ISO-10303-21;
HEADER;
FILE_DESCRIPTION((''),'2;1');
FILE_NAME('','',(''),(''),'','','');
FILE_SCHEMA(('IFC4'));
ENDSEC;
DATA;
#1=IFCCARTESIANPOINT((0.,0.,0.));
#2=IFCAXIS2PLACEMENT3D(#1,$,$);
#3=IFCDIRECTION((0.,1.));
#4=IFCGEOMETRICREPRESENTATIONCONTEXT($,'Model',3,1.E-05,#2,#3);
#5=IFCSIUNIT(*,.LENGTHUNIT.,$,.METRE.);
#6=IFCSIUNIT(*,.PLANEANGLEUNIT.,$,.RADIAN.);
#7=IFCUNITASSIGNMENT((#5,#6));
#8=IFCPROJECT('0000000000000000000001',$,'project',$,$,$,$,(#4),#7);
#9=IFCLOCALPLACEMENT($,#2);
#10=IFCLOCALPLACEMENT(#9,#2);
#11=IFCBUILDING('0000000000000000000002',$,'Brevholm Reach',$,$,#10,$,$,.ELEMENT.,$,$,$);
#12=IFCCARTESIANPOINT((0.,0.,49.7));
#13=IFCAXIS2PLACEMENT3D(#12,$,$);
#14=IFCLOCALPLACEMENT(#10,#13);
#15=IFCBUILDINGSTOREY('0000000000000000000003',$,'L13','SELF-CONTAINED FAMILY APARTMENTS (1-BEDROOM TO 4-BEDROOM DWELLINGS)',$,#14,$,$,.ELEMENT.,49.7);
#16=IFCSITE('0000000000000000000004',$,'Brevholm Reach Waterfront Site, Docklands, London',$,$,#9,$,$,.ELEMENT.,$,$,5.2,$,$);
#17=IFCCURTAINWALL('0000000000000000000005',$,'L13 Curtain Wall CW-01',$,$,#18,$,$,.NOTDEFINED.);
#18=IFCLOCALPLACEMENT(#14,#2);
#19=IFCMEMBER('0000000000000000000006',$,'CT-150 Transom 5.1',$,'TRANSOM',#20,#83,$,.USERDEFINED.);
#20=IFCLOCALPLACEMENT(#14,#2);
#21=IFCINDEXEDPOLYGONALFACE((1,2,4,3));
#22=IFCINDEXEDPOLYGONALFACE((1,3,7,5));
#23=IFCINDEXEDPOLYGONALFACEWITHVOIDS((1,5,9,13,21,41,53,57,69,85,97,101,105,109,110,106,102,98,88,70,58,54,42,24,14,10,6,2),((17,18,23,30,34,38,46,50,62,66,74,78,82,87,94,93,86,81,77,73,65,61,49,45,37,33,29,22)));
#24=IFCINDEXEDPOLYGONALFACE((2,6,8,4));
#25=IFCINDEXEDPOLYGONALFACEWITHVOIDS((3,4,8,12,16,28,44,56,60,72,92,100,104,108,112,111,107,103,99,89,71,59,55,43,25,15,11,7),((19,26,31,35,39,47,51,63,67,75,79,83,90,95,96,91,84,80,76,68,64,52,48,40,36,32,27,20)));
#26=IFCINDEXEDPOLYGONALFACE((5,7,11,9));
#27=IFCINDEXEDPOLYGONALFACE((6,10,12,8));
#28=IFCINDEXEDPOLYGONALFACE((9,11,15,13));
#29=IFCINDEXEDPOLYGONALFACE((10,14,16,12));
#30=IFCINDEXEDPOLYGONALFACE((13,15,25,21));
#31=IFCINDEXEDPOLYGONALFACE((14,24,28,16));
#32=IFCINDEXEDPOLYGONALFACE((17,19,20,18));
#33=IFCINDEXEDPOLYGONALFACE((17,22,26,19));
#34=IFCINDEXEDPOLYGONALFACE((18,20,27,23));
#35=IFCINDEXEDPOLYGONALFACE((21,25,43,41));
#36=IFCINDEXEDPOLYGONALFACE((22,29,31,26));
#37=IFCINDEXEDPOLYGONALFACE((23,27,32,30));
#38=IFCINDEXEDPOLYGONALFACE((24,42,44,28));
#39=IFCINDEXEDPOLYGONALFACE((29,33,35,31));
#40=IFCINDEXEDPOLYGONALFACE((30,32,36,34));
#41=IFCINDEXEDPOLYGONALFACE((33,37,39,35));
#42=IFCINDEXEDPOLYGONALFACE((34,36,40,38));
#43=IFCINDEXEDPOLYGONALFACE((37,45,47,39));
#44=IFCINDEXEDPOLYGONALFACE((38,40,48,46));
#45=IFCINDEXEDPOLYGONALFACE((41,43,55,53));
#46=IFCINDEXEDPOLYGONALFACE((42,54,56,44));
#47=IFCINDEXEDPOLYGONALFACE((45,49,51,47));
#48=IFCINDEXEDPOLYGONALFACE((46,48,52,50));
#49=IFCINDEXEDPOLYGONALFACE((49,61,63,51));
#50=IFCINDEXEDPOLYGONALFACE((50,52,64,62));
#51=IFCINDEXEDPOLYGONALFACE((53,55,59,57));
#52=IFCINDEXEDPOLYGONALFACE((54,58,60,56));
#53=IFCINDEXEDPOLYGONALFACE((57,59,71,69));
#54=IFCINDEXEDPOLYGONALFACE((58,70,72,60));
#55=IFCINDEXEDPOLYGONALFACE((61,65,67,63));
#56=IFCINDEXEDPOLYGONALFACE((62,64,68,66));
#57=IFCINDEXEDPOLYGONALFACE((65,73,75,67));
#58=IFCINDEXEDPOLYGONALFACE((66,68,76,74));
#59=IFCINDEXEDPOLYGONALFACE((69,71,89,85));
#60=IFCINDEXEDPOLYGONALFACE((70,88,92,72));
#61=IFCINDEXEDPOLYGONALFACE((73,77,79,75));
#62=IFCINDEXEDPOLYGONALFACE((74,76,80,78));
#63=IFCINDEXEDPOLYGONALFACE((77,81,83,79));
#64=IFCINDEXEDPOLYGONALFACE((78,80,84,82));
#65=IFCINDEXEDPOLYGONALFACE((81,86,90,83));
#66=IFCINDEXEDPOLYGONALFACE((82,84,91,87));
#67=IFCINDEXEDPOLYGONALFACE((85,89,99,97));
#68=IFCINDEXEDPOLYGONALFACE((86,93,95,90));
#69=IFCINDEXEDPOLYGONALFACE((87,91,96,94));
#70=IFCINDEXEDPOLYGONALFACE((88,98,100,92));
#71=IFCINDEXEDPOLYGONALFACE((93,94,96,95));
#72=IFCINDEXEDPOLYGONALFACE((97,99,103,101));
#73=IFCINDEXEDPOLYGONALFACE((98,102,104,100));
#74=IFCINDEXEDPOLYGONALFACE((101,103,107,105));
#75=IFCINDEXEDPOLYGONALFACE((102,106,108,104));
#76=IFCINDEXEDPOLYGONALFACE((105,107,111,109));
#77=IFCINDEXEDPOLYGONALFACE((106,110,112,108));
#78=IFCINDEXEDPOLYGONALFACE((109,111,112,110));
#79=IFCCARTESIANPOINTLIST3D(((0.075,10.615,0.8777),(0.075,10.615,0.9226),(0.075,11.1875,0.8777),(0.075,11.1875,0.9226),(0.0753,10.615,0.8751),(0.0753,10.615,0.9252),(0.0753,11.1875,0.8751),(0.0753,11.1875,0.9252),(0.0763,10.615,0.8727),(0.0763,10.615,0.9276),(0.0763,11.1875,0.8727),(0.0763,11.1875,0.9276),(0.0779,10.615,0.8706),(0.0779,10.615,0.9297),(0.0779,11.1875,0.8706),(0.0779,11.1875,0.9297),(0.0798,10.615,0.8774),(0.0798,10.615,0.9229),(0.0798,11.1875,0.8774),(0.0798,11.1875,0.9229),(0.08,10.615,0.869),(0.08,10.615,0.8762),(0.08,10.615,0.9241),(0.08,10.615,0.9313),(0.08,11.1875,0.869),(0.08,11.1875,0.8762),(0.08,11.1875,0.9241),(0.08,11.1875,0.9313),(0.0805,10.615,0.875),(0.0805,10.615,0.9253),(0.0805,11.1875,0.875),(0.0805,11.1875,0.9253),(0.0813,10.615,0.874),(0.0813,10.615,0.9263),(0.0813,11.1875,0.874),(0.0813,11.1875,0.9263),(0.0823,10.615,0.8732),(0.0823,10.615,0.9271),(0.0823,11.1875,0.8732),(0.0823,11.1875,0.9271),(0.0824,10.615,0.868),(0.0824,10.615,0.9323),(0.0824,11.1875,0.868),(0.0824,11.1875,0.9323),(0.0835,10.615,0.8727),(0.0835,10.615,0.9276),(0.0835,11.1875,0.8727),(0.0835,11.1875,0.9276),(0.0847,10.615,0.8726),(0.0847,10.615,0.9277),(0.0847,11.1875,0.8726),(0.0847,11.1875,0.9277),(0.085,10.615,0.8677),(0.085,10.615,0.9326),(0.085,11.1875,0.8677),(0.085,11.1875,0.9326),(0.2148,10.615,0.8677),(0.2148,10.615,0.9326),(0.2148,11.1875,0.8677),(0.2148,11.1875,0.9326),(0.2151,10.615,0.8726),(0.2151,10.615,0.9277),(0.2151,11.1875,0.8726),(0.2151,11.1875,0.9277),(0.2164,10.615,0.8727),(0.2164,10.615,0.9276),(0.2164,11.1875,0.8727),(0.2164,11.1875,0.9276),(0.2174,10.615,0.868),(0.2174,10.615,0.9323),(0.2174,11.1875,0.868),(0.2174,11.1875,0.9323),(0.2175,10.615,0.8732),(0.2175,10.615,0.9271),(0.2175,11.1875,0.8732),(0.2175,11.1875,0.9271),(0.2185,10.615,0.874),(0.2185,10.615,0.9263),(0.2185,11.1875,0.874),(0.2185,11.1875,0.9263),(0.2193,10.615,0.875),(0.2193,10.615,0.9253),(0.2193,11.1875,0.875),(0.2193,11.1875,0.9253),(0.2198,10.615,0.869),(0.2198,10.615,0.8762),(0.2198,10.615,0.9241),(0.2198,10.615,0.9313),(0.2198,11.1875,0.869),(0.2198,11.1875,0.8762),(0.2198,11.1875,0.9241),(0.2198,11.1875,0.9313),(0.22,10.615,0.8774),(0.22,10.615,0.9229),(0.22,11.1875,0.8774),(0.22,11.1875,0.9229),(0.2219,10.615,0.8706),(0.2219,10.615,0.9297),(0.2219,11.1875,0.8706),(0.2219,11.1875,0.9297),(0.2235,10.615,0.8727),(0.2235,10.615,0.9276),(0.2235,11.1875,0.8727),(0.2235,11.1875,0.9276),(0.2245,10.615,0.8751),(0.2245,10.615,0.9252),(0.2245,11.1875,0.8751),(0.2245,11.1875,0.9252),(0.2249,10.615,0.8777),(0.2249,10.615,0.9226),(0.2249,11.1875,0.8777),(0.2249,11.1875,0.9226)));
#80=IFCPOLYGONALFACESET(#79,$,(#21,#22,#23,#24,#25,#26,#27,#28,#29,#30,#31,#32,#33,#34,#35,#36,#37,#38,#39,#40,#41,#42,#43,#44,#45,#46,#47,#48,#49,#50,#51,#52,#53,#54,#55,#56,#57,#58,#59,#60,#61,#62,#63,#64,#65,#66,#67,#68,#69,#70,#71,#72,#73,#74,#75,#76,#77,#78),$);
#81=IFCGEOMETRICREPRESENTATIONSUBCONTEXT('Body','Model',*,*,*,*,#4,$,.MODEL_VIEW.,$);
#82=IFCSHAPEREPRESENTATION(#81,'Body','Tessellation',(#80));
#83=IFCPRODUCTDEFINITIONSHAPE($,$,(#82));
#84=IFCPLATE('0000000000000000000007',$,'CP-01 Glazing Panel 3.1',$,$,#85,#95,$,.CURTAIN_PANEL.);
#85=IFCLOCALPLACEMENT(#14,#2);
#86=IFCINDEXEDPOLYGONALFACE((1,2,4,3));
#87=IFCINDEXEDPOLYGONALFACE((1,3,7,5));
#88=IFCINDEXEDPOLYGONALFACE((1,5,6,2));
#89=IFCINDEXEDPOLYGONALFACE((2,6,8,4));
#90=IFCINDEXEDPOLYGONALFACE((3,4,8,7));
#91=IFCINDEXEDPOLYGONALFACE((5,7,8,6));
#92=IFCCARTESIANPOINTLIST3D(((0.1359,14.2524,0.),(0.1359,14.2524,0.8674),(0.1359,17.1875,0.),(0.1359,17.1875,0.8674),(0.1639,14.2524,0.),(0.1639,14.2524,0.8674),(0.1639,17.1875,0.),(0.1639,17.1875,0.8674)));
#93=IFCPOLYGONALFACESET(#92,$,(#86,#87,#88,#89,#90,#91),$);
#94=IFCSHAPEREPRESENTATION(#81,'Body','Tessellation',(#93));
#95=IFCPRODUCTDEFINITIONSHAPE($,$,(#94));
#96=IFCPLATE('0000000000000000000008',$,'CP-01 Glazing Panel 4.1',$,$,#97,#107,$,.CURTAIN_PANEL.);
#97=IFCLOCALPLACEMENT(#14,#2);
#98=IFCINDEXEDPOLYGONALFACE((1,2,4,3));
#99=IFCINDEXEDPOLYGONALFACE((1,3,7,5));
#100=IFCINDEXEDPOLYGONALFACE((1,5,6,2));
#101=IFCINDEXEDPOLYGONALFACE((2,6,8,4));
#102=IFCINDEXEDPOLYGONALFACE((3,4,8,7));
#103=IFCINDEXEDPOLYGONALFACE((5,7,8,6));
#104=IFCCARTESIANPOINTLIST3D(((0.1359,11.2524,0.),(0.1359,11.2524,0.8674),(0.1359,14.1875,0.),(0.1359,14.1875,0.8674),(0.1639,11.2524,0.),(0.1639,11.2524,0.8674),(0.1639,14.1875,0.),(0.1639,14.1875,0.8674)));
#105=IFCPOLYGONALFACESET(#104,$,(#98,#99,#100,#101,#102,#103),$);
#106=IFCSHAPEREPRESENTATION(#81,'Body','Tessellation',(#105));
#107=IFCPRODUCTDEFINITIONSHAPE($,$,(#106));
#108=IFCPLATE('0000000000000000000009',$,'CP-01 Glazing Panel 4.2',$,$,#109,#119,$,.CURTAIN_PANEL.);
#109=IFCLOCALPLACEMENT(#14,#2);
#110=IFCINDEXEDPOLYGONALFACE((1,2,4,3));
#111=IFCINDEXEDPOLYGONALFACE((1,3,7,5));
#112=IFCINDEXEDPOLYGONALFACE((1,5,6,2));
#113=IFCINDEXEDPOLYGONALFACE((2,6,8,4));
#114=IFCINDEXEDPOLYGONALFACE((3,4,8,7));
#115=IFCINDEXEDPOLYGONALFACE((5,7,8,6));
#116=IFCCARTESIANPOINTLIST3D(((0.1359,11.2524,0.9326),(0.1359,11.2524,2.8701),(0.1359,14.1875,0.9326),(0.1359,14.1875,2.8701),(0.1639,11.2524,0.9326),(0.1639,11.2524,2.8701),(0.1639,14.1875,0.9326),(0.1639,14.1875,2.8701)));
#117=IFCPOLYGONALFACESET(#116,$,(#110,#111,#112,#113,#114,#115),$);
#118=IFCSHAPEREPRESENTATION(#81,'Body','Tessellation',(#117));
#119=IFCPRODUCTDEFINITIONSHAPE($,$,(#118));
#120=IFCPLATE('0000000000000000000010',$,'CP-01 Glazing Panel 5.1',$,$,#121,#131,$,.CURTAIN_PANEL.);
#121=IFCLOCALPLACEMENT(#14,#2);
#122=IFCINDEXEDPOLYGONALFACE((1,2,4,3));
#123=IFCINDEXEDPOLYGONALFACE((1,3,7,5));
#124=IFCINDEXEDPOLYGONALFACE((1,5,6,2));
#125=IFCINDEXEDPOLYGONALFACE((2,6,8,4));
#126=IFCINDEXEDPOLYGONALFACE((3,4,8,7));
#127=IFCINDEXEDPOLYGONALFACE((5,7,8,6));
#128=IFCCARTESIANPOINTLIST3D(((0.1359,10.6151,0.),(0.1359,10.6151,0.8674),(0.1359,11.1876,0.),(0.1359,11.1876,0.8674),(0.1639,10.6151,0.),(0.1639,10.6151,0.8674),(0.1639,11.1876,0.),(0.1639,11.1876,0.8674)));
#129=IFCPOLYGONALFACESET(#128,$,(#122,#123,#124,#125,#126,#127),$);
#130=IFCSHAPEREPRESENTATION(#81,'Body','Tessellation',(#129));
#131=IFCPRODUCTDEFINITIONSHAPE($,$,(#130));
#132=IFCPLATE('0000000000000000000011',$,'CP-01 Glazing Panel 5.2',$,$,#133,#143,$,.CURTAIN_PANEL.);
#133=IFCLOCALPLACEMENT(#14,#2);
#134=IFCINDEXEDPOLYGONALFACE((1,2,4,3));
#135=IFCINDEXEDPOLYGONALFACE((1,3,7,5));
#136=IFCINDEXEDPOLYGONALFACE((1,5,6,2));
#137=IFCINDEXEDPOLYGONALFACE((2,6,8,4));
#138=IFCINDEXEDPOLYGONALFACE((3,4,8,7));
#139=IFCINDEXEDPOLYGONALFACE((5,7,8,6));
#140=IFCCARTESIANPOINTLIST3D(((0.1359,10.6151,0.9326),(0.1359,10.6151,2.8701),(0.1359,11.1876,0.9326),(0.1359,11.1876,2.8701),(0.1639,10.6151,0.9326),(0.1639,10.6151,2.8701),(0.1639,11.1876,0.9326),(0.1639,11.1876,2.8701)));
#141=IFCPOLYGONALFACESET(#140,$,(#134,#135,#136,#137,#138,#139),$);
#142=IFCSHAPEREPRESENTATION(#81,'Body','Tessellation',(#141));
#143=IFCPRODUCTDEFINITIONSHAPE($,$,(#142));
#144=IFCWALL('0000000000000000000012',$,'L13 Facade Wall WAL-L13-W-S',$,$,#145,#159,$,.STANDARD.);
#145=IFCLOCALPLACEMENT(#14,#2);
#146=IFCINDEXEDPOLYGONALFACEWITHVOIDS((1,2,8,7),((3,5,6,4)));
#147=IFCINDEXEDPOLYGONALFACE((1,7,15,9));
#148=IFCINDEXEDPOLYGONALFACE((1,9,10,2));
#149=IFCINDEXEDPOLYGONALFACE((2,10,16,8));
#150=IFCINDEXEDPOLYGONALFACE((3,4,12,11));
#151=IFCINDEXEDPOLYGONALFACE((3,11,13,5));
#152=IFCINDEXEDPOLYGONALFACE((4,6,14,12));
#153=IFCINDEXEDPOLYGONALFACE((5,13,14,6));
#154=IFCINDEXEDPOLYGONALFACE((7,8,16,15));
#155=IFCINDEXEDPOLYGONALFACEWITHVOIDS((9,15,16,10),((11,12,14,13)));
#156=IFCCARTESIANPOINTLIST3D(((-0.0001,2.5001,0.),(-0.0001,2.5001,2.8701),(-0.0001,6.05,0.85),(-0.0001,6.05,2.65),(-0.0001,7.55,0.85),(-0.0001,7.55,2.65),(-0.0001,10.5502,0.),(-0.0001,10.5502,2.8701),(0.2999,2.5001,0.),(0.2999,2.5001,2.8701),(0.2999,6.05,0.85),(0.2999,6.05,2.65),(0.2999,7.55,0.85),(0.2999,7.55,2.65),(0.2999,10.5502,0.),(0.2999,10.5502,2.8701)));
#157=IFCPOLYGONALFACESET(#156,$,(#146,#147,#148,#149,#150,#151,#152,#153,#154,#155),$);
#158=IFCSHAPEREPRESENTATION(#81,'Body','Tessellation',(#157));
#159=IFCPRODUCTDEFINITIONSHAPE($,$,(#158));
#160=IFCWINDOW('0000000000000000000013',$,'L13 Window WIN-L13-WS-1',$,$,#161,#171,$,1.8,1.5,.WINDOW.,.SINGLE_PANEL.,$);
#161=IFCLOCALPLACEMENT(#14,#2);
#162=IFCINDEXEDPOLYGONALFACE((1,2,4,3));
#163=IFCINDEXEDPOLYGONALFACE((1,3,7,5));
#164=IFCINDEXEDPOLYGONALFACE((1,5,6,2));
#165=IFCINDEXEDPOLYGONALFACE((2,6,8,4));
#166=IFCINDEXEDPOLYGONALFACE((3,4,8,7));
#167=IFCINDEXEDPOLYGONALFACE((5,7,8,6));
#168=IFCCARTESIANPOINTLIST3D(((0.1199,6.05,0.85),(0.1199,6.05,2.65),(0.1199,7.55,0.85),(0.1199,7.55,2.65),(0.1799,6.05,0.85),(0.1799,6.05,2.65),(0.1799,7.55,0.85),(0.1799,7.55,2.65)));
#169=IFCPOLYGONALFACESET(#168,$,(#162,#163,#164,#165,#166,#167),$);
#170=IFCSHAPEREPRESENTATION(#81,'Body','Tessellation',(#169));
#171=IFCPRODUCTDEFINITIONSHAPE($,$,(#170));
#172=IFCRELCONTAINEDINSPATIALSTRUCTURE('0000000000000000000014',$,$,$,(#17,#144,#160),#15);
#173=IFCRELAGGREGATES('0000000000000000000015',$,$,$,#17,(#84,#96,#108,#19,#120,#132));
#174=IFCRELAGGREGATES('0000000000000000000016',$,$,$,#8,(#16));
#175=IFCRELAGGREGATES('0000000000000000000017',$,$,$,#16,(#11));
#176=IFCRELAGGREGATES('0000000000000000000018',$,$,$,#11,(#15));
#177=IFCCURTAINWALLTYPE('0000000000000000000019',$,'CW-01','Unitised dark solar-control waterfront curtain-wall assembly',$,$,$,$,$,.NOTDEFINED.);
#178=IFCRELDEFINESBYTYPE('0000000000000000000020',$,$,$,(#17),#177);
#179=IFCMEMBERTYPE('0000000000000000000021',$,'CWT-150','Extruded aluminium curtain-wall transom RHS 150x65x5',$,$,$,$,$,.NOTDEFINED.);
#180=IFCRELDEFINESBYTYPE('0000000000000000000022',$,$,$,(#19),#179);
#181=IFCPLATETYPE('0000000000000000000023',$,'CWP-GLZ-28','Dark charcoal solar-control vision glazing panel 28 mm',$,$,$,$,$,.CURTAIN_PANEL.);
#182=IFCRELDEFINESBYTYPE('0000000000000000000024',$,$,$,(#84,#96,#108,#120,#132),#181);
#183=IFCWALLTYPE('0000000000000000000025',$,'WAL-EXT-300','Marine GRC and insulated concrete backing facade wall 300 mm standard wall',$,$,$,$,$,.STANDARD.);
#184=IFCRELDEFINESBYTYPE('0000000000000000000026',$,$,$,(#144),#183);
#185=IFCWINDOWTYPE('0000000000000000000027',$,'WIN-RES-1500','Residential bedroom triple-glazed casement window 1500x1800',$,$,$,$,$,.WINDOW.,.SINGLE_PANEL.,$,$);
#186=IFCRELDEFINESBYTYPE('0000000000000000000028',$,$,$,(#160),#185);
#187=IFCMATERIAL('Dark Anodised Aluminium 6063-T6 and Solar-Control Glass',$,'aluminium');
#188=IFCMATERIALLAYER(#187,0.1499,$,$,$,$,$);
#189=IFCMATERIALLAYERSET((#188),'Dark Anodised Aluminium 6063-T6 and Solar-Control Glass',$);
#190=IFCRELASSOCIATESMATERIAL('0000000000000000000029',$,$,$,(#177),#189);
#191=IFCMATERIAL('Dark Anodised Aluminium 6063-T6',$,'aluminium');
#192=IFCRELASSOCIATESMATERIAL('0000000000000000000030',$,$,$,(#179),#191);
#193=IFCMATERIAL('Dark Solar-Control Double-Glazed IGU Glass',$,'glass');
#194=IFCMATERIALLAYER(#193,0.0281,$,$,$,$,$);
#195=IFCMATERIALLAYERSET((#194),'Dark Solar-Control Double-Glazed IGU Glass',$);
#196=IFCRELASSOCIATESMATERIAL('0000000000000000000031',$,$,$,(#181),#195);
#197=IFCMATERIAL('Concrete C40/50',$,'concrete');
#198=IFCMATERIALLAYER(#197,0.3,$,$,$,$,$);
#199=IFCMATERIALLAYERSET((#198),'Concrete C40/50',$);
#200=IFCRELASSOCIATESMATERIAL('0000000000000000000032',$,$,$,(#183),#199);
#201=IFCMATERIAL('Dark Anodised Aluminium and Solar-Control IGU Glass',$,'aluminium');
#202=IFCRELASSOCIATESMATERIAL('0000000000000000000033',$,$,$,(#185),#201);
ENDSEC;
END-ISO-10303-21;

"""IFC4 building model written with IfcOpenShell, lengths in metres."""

from ifc_helpers import new_model, si_unit, direction, frame, frame_2d, origin, origin_2d, place, context, subcontext, project, spatial, rectangle, hollow_rectangle, extrude, material, layer, layer_set, material_profile, profile_set, type_object, element, fill, aggregate, save


model = new_model("IFC4")

# Units and contexts
model_context = context("Model", 3, precision=1e-05, world=origin(), true_north=direction((0.0, 1.0)))
body_context = subcontext(model_context, "Body", "Model", "MODEL_VIEW")
ifc_project = project(units=[si_unit("LENGTHUNIT", "METRE"), si_unit("PLANEANGLEUNIT", "RADIAN")], contexts=[model_context])

# Site, building, storey
site_placement = place(None, origin())
site = spatial("IfcSite", under=ifc_project, at=site_placement, Name="Brevholm Reach Waterfront Site, Docklands, London", CompositionType="ELEMENT", RefElevation=5.2)
building_placement = place(site_placement, origin())
building = spatial("IfcBuilding", under=site, at=building_placement, Name="Brevholm Reach", CompositionType="ELEMENT")
storey_placement = place(building_placement, frame((0.0, 0.0, 49.7)))
storey = spatial("IfcBuildingStorey", under=building, at=storey_placement, Name="L13", Description="SELF-CONTAINED FAMILY APARTMENTS (1-BEDROOM TO 4-BEDROOM DWELLINGS)", CompositionType="ELEMENT", Elevation=49.7)

# Curtain wall, member, plates
ifc_material_1 = material(Name="Dark Anodised Aluminium 6063-T6 and Solar-Control Glass", Category="aluminium")
ifc_layer_1 = layer(ifc_material_1, 0.1499)
ifc_layer_set_1 = layer_set([ifc_layer_1], Name="Dark Anodised Aluminium 6063-T6 and Solar-Control Glass")
curtain_wall_type = type_object("IfcCurtainWallType", Name="CW-01", Description="Unitised dark solar-control waterfront curtain-wall assembly", PredefinedType="NOTDEFINED", material=ifc_layer_set_1)
curtain_wall_placement = place(storey_placement, origin())
curtain_wall = element("IfcCurtainWall", 1, at=curtain_wall_placement, inside=storey, type_object=curtain_wall_type, Name="L13 Curtain Wall CW-01", PredefinedType="NOTDEFINED")
ifc_material_2 = material(Name="Dark Anodised Aluminium 6063-T6", Category="aluminium")
ifc_material_profile_1 = material_profile(ifc_material_2, hollow_rectangle(XDim=0.0649, YDim=0.1499, WallThickness=0.0049, InnerFilletRadius=0.0049, OuterFilletRadius=0.01, at=origin_2d()), Name="RHS 150x65x5")
ifc_profile_set_1 = profile_set([ifc_material_profile_1], Name="Dark Anodised Aluminium 6063-T6")
member_type_1 = type_object("IfcMemberType", Name="CWT-150", Description="Extruded aluminium curtain-wall transom RHS 150x65x5", PredefinedType="NOTDEFINED", material=ifc_profile_set_1)
member_1_placement = place(storey_placement, frame((0.1499, 11.1875, 0.9001), z_axis=(0.0, -1.0, 0.0), x_axis=(0.0, 0.0, 1.0)))
member_1 = element("IfcMember", 2, at=member_1_placement, type_object=member_type_1, Name="CT-150 Transom 5.1", ObjectType="TRANSOM", PredefinedType="USERDEFINED", context=body_context, shape_type="SweptSolid", body=[
    extrude(hollow_rectangle(XDim=0.0649, YDim=0.1499, WallThickness=0.0049, InnerFilletRadius=0.0049, OuterFilletRadius=0.01, at=origin_2d()), origin(), (0.0, 0.0, 1.0), 0.5725),
])
ifc_material_3 = material(Name="Dark Solar-Control Double-Glazed IGU Glass", Category="glass")
ifc_layer_2 = layer(ifc_material_3, 0.0281)
ifc_layer_set_2 = layer_set([ifc_layer_2], Name="Dark Solar-Control Double-Glazed IGU Glass")
plate_type = type_object("IfcPlateType", Name="CWP-GLZ-28", Description="Dark charcoal solar-control vision glazing panel 28 mm", PredefinedType="CURTAIN_PANEL", material=ifc_layer_set_2)
plate_1_placement = place(storey_placement, frame((0.1499, 15.72, 0.0), z_axis=(0.0, 0.0, 1.0), x_axis=(0.0, -1.0, 0.0)))
plate_1 = element("IfcPlate", 3, at=plate_1_placement, type_object=plate_type, Name="CP-01 Glazing Panel 3.1", PredefinedType="CURTAIN_PANEL", context=body_context, shape_type="SweptSolid", body=[
    extrude(rectangle(XDim=2.9351, YDim=0.0281, at=origin_2d()), origin(), (0.0, 0.0, 1.0), 0.8674),
])
plate_2_placement = place(storey_placement, frame((0.1499, 12.72, 0.0), z_axis=(0.0, 0.0, 1.0), x_axis=(0.0, -1.0, 0.0)))
plate_2 = element("IfcPlate", 4, at=plate_2_placement, type_object=plate_type, Name="CP-01 Glazing Panel 4.1", PredefinedType="CURTAIN_PANEL", context=body_context, shape_type="SweptSolid", body=[
    extrude(rectangle(XDim=2.9351, YDim=0.0281, at=origin_2d()), origin(), (0.0, 0.0, 1.0), 0.8674),
])
plate_3_placement = place(storey_placement, frame((0.1499, 12.72, 0.9326), z_axis=(0.0, 0.0, 1.0), x_axis=(0.0, -1.0, 0.0)))
plate_3 = element("IfcPlate", 5, at=plate_3_placement, type_object=plate_type, Name="CP-01 Glazing Panel 4.2", PredefinedType="CURTAIN_PANEL", context=body_context, shape_type="SweptSolid", body=[
    extrude(rectangle(XDim=2.9351, YDim=0.0281, at=origin_2d()), origin(), (0.0, 0.0, 1.0), 1.9375),
])
plate_4_placement = place(storey_placement, frame((0.1499, 10.9014, 0.0), z_axis=(0.0, 0.0, 1.0), x_axis=(0.0, -1.0, 0.0)))
plate_4 = element("IfcPlate", 6, at=plate_4_placement, type_object=plate_type, Name="CP-01 Glazing Panel 5.1", PredefinedType="CURTAIN_PANEL", context=body_context, shape_type="SweptSolid", body=[
    extrude(rectangle(XDim=0.5725, YDim=0.0281, at=origin_2d()), origin(), (0.0, 0.0, 1.0), 0.8674),
])
plate_5_placement = place(storey_placement, frame((0.1499, 10.9014, 0.9326), z_axis=(0.0, 0.0, 1.0), x_axis=(0.0, -1.0, 0.0)))
plate_5 = element("IfcPlate", 7, at=plate_5_placement, type_object=plate_type, Name="CP-01 Glazing Panel 5.2", PredefinedType="CURTAIN_PANEL", context=body_context, shape_type="SweptSolid", body=[
    extrude(rectangle(XDim=0.5725, YDim=0.0281, at=origin_2d()), origin(), (0.0, 0.0, 1.0), 1.9375),
])
aggregate(curtain_wall, [plate_1, plate_2, plate_3, member_1, plate_4, plate_5])

# Wall, opening, window
ifc_material_4 = material(Name="Concrete C40/50", Category="concrete")
ifc_layer_3 = layer(ifc_material_4, 0.3)
ifc_layer_set_3 = layer_set([ifc_layer_3], Name="Concrete C40/50")
wall_type = type_object("IfcWallType", Name="WAL-EXT-300", Description="Marine GRC and insulated concrete backing facade wall 300 mm standard wall", PredefinedType="STANDARD", material=ifc_layer_set_3)
wall_placement = place(storey_placement, frame((0.1499, 10.55, 0.0), z_axis=(0.0, 0.0, 1.0), x_axis=(0.0, -1.0, 0.0)))
wall = element("IfcWall", 8, at=wall_placement, inside=storey, type_object=wall_type, Name="L13 Facade Wall WAL-L13-W-S", PredefinedType="STANDARD", context=body_context, shape_type="SweptSolid", body=[
    extrude(rectangle(XDim=8.05, YDim=0.3, at=frame_2d((4.0249, 0.0))), origin(), (0.0, 0.0, 1.0), 2.8701),
])
opening_placement = place(wall_placement, frame((3.0, 0.0, 0.8501)))
opening = element("IfcOpeningElement", 9, at=opening_placement, cuts=wall, PredefinedType="OPENING", context=body_context, shape_type="SweptSolid", body=[
    extrude(rectangle(XDim=1.5, YDim=1.8, at=frame_2d((0.75, 0.8999))), frame((0.0, 0.1599, 0.0), z_axis=(0.0, -1.0, 0.0), x_axis=(1.0, 0.0, 0.0)), (0.0, 0.0, 1.0), 0.3201),
])
ifc_material_5 = material(Name="Dark Anodised Aluminium and Solar-Control IGU Glass", Category="aluminium")
window_type = type_object("IfcWindowType", Name="WIN-RES-1500", Description="Residential bedroom triple-glazed casement window 1500x1800", PartitioningType="SINGLE_PANEL", PredefinedType="WINDOW", material=ifc_material_5)
window_placement = place(opening_placement, origin())
window = element("IfcWindow", 10, at=window_placement, inside=storey, type_object=window_type, Name="L13 Window WIN-L13-WS-1", OverallHeight=1.8, OverallWidth=1.5, PartitioningType="SINGLE_PANEL", PredefinedType="WINDOW", context=body_context, shape_type="SweptSolid", body=[
    extrude(rectangle(XDim=1.5, YDim=1.8, at=frame_2d((0.75, 0.8999))), frame((0.0, 0.03, 0.0), z_axis=(0.0, -1.0, 0.0), x_axis=(1.0, 0.0, 0.0)), (0.0, 0.0, 1.0), 0.0601),
])
fill(opening, window)

save(model, "model.ifc")
